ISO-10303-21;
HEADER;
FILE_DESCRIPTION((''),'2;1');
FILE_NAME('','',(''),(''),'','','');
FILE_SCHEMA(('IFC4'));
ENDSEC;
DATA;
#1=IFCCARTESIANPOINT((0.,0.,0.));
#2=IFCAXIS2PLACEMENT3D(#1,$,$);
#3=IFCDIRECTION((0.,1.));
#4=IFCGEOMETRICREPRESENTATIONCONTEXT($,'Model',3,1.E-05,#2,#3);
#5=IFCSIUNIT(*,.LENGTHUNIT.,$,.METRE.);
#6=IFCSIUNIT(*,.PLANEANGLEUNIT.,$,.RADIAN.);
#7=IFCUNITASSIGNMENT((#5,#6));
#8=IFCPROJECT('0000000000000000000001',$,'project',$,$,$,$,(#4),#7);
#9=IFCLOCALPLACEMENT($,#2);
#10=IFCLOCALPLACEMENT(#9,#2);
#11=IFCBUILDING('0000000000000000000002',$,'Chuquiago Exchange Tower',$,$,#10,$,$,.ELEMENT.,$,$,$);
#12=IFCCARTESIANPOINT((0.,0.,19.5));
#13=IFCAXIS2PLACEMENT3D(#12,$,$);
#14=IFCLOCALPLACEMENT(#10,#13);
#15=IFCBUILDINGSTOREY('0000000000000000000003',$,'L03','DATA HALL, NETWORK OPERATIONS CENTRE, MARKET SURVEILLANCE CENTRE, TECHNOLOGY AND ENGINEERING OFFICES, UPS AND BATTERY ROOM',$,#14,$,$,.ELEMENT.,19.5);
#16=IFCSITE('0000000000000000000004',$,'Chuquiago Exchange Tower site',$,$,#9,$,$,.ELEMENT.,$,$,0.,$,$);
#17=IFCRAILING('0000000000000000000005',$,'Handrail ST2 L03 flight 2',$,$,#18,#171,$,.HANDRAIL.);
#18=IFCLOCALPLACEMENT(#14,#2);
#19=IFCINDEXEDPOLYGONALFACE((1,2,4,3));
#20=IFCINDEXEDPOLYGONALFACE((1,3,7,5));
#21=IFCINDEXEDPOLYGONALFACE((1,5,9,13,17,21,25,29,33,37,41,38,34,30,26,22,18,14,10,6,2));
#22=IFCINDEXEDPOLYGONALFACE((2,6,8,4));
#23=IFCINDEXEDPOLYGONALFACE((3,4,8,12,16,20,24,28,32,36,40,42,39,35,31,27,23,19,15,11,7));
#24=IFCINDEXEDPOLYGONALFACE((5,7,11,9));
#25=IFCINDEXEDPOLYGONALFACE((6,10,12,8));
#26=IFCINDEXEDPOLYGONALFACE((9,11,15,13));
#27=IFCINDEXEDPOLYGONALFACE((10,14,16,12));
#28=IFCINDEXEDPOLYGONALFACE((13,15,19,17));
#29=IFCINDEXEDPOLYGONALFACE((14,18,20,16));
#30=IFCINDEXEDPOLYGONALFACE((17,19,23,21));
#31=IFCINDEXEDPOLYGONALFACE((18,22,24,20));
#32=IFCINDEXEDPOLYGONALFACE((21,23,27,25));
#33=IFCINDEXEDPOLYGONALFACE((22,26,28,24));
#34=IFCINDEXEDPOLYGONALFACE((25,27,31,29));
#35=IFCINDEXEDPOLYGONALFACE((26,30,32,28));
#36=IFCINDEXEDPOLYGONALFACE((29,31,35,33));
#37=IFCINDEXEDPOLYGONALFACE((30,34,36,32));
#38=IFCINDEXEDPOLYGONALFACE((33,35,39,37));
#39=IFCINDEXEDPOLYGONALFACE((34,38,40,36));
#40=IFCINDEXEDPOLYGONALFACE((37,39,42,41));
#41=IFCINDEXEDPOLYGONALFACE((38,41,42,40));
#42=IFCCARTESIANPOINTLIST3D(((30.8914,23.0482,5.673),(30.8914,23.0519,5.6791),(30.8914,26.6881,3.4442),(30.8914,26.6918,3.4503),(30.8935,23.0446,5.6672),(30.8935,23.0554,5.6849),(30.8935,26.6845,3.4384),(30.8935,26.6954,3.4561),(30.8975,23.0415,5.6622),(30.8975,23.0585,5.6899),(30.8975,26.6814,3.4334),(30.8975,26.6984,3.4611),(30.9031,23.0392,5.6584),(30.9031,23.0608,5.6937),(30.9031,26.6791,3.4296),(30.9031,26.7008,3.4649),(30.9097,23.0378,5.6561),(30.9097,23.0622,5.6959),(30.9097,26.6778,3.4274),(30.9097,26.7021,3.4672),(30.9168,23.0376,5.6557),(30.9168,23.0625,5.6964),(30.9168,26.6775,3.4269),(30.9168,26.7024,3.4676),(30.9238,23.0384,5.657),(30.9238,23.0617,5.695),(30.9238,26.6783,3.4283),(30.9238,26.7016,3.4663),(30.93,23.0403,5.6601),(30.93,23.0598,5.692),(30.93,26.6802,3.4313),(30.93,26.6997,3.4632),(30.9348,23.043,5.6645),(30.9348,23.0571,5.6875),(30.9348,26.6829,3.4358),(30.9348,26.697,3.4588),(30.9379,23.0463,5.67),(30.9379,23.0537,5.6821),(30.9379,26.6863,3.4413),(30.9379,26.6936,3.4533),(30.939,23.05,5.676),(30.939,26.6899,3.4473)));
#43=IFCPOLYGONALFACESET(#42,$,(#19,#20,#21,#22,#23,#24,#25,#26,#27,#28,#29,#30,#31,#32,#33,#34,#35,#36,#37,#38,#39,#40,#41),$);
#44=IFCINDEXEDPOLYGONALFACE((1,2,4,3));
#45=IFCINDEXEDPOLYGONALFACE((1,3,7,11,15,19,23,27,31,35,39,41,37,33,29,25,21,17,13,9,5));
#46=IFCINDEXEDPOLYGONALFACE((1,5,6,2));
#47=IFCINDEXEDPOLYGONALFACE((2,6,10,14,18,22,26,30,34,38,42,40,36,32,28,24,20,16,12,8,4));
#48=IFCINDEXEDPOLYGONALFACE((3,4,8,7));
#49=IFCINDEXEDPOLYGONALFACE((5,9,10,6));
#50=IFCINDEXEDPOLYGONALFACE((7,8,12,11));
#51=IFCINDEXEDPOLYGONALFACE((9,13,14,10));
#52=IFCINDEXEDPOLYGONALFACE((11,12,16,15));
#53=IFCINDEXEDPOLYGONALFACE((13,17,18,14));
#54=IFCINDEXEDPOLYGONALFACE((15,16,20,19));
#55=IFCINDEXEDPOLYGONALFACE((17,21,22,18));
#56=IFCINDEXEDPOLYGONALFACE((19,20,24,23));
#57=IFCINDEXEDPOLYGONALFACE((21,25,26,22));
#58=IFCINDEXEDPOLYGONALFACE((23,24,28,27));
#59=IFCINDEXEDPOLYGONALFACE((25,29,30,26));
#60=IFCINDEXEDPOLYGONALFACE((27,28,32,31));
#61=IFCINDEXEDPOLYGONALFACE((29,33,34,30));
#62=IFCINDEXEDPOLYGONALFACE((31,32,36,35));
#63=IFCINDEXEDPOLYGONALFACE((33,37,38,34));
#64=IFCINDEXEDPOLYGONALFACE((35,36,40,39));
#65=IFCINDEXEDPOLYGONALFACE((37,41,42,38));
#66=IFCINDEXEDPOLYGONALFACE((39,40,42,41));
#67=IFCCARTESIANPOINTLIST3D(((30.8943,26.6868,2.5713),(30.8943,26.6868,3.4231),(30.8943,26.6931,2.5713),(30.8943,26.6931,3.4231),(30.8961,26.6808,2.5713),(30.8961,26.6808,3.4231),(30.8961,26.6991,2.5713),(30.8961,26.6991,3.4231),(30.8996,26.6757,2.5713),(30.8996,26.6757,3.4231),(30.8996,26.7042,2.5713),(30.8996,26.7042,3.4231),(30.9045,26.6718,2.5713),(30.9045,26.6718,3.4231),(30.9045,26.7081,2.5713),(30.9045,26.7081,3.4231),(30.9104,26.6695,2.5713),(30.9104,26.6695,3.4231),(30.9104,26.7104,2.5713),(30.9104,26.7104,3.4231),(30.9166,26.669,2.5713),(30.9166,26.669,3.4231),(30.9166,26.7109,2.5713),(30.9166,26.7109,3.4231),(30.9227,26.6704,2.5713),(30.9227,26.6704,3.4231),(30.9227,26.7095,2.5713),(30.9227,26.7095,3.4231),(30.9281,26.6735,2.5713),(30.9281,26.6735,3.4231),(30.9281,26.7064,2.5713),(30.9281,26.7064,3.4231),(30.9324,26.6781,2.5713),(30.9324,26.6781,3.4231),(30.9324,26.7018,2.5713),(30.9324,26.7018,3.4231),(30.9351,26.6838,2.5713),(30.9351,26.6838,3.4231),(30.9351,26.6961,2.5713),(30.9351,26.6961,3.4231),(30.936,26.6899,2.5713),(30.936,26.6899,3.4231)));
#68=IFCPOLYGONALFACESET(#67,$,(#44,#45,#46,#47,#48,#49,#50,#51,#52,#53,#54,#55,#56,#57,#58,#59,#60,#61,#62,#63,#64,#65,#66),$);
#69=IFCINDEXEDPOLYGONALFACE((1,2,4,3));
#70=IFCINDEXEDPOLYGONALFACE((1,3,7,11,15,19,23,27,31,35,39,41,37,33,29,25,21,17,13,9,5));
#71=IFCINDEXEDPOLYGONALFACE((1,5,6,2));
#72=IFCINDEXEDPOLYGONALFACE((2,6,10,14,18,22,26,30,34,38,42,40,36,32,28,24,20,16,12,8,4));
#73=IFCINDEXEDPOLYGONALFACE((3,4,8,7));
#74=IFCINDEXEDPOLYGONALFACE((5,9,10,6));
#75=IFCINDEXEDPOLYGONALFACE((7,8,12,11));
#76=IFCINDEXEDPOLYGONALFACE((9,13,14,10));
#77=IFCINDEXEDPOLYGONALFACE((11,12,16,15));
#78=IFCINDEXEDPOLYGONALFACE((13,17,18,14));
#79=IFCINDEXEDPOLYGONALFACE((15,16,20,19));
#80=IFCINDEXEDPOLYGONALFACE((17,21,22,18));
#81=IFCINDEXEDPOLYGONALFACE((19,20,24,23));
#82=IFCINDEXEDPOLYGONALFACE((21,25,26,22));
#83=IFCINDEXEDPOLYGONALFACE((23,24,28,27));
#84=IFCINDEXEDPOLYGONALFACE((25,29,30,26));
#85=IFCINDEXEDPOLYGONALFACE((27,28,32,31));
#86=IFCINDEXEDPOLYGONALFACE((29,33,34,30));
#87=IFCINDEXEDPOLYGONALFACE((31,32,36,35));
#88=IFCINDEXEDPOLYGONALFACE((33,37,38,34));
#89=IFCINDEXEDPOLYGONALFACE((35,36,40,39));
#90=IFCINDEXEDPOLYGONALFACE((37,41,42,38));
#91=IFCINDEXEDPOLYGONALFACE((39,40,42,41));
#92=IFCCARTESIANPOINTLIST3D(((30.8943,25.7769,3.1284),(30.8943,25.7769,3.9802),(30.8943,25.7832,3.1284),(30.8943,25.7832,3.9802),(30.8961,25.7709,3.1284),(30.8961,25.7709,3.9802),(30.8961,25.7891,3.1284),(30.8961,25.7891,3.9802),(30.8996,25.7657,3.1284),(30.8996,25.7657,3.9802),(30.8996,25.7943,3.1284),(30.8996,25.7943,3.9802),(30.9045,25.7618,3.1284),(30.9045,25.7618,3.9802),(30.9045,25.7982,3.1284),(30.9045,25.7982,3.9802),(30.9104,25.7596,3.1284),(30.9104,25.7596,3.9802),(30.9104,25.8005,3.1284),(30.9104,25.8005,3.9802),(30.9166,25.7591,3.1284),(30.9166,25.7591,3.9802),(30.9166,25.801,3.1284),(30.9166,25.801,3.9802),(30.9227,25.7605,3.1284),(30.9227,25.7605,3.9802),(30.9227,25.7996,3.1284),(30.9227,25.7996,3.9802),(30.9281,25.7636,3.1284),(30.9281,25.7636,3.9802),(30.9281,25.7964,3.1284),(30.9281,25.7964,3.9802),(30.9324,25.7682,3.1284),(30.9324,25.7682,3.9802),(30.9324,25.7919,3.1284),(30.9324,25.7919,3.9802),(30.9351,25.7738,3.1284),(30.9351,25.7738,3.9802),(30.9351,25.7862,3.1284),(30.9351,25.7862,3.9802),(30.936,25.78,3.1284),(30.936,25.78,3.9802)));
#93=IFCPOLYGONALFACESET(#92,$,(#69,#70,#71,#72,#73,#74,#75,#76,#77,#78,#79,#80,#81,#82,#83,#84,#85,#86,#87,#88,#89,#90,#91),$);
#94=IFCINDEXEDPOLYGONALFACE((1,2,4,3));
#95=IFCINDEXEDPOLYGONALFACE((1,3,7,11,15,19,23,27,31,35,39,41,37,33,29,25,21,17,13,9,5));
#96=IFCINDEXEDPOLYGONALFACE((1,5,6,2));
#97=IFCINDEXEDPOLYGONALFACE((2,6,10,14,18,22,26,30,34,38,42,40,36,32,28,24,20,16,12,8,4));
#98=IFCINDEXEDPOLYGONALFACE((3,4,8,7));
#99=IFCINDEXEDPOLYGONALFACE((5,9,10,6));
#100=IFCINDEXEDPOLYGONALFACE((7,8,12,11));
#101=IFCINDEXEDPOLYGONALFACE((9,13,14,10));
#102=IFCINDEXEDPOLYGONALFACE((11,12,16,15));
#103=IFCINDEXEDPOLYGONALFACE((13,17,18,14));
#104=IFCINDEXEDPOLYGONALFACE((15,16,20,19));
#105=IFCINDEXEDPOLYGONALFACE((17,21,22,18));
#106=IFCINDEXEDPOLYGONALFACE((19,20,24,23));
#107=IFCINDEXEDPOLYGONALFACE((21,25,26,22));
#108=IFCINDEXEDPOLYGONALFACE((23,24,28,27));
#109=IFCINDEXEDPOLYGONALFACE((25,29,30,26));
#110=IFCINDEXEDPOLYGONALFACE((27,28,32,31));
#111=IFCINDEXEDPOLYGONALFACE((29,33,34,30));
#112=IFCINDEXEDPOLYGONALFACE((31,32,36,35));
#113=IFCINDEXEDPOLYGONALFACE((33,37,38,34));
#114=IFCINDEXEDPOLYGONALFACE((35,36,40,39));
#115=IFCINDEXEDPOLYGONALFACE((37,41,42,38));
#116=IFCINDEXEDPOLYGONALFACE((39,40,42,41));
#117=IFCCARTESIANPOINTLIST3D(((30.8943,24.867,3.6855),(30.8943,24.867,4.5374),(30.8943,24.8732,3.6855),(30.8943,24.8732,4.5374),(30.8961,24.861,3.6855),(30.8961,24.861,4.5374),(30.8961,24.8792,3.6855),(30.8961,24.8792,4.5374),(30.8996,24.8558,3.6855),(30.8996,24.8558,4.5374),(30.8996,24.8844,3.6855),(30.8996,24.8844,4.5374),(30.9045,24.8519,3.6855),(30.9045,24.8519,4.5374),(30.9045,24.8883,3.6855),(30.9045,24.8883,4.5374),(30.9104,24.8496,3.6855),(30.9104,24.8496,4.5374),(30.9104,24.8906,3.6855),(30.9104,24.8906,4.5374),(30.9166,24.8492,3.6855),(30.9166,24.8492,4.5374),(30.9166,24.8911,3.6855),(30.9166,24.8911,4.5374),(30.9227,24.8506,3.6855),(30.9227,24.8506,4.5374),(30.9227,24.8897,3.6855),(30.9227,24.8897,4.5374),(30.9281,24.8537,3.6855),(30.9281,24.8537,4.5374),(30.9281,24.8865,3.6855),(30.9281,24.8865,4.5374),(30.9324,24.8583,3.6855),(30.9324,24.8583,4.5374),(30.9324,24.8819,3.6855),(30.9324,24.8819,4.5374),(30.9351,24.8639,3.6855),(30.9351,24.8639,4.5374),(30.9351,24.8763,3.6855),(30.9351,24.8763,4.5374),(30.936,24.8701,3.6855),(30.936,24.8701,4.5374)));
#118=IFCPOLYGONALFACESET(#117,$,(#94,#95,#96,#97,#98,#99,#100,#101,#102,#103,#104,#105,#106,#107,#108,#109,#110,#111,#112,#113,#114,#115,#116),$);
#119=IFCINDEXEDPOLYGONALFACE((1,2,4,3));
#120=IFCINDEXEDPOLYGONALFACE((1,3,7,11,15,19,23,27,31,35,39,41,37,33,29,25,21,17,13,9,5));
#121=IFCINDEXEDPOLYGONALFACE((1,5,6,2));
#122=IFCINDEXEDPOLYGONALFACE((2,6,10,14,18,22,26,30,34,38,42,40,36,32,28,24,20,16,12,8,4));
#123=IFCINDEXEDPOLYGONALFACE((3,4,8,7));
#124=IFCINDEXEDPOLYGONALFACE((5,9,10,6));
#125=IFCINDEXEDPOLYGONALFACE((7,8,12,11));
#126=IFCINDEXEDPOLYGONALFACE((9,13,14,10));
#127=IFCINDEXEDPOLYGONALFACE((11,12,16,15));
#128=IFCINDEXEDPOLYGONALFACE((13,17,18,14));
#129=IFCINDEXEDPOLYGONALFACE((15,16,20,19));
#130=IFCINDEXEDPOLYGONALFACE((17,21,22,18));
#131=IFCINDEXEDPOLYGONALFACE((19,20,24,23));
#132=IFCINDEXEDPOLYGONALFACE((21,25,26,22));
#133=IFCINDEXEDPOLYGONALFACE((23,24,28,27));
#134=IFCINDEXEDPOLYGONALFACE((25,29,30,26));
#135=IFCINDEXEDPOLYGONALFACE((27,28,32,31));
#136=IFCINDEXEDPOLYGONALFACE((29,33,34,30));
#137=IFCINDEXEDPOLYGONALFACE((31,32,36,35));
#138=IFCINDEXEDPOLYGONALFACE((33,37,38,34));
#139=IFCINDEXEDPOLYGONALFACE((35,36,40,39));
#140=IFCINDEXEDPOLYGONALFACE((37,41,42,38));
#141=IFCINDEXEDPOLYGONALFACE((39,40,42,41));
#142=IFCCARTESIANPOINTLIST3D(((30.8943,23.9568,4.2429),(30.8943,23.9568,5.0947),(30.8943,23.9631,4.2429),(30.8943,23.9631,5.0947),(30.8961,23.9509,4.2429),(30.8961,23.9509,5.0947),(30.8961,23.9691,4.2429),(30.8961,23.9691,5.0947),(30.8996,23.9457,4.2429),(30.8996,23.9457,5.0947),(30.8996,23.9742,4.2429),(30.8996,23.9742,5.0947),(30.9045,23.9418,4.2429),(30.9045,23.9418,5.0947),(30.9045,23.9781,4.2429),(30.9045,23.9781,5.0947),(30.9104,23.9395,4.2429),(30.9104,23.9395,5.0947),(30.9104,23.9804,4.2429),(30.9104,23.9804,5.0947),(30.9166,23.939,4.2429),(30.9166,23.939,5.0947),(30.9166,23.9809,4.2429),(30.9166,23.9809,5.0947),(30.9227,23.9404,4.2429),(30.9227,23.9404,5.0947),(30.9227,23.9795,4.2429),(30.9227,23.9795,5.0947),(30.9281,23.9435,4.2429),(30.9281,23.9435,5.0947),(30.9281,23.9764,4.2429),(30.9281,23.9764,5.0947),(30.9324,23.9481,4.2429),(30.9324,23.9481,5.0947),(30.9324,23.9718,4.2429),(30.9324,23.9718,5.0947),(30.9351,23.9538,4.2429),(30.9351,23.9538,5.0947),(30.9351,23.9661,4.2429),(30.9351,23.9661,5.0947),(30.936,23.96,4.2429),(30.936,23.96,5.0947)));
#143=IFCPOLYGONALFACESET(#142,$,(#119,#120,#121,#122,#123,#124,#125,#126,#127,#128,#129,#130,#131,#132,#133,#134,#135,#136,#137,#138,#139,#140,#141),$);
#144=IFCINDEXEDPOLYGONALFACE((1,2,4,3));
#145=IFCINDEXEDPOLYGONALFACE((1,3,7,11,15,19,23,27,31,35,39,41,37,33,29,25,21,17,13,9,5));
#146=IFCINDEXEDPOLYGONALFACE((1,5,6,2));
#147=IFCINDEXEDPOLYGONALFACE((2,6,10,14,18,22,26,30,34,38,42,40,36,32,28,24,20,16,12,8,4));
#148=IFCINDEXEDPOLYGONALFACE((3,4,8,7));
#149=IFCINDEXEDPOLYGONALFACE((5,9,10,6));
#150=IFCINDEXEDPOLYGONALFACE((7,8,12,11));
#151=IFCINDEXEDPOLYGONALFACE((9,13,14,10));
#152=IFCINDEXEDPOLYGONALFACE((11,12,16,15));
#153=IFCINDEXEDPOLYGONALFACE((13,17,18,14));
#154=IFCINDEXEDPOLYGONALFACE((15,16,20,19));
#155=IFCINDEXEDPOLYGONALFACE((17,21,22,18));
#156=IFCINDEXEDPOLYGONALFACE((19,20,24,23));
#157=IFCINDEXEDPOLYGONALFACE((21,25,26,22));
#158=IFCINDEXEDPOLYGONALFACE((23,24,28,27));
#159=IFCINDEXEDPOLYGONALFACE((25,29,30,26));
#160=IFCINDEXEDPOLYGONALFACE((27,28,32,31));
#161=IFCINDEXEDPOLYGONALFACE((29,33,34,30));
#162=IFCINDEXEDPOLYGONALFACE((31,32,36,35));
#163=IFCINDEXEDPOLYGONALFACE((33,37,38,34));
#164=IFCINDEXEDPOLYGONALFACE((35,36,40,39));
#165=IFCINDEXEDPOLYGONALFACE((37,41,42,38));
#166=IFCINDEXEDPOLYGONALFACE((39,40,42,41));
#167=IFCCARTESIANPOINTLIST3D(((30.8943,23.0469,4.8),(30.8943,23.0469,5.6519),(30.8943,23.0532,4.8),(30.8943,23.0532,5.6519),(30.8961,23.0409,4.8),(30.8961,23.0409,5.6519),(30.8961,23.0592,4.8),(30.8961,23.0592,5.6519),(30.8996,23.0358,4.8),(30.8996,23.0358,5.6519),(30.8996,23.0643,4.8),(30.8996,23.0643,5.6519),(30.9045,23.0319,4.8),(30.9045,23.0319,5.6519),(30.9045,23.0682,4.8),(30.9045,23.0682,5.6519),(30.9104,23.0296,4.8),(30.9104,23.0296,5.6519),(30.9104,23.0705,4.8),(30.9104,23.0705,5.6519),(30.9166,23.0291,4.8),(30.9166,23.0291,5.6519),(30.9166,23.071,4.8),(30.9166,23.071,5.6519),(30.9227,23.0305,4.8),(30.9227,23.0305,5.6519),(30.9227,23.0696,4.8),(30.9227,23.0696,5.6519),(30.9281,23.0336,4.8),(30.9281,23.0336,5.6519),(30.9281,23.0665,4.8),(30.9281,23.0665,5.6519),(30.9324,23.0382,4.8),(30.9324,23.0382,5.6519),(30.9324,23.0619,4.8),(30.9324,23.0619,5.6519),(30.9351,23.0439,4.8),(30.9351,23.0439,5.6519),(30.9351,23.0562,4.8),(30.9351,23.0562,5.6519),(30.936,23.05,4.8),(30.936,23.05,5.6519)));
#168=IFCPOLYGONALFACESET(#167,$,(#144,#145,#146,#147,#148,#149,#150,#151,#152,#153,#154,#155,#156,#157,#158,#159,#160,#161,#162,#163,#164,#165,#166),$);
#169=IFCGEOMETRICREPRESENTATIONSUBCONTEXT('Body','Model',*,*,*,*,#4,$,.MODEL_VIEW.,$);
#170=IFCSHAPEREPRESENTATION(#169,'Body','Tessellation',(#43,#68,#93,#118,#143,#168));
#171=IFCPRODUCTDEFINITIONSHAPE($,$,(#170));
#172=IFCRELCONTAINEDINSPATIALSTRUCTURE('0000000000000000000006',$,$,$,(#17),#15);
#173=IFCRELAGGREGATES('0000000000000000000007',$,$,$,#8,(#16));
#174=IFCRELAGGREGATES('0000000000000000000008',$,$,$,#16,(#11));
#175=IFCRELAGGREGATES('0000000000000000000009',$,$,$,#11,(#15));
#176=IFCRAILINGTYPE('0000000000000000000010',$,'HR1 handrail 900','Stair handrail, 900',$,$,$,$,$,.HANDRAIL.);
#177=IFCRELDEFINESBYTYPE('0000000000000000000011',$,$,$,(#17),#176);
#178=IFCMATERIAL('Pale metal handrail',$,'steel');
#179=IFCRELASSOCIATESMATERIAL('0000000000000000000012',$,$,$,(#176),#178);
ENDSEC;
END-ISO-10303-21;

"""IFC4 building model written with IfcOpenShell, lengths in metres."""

from ifc_helpers import new_model, si_unit, direction, frame, origin, origin_2d, place, context, subcontext, project, spatial, circle, extrude, material, type_object, element, save


model = new_model("IFC4")

# Units and contexts
model_context = context("Model", 3, precision=1e-05, world=origin(), true_north=direction((0.0, 1.0)))
body_context = subcontext(model_context, "Body", "Model", "MODEL_VIEW")
ifc_project = project(units=[si_unit("LENGTHUNIT", "METRE"), si_unit("PLANEANGLEUNIT", "RADIAN")], contexts=[model_context])

# Site, building, storey
site_placement = place(None, origin())
site = spatial("IfcSite", under=ifc_project, at=site_placement, Name="Chuquiago Exchange Tower site", CompositionType="ELEMENT", RefElevation=0.0)
building_placement = place(site_placement, origin())
building = spatial("IfcBuilding", under=site, at=building_placement, Name="Chuquiago Exchange Tower", CompositionType="ELEMENT")
storey_placement = place(building_placement, frame((0.0, 0.0, 19.5)))
storey = spatial("IfcBuildingStorey", under=building, at=storey_placement, Name="L03", Description="DATA HALL, NETWORK OPERATIONS CENTRE, MARKET SURVEILLANCE CENTRE, TECHNOLOGY AND ENGINEERING OFFICES, UPS AND BATTERY ROOM", CompositionType="ELEMENT", Elevation=19.5)

# Railing
ifc_material_1 = material(Name="Pale metal handrail", Category="steel")
railing_type = type_object("IfcRailingType", Name="HR1 handrail 900", Description="Stair handrail, 900", PredefinedType="HANDRAIL", material=ifc_material_1)
for number, where, name in (
    (1, (30.915, 26.6899, 2.5713), "Handrail ST2 L03 flight 2"),
):
    element("IfcRailing", number, at=place(storey_placement, frame(where)), inside=storey, type_object=railing_type, Name=name, PredefinedType="HANDRAIL", context=body_context, shape_type="SweptSolid", body=[
        extrude(circle(Radius=0.0239, at=origin_2d()), frame((0.0, 0.0, 0.876), z_axis=(0.0, -0.852825, 0.522197), x_axis=(1.0, 0.0, 0.0)), (0.0, 0.0, 1.0), 4.2681),
        extrude(circle(Radius=0.021, at=origin_2d()), origin(), (0.0, 0.0, 1.0), 0.8518),
        extrude(circle(Radius=0.021, at=origin_2d()), frame((0.0, -0.9099, 0.5571)), (0.0, 0.0, 1.0), 0.8518),
        extrude(circle(Radius=0.021, at=origin_2d()), frame((0.0, -1.8198, 1.1143)), (0.0, 0.0, 1.0), 0.8518),
        extrude(circle(Radius=0.021, at=origin_2d()), frame((0.0, -2.73, 1.6716)), (0.0, 0.0, 1.0), 0.8518),
        extrude(circle(Radius=0.021, at=origin_2d()), frame((0.0, -3.6399, 2.2288)), (0.0, 0.0, 1.0), 0.8518),
    ])

save(model, "model.ifc")
